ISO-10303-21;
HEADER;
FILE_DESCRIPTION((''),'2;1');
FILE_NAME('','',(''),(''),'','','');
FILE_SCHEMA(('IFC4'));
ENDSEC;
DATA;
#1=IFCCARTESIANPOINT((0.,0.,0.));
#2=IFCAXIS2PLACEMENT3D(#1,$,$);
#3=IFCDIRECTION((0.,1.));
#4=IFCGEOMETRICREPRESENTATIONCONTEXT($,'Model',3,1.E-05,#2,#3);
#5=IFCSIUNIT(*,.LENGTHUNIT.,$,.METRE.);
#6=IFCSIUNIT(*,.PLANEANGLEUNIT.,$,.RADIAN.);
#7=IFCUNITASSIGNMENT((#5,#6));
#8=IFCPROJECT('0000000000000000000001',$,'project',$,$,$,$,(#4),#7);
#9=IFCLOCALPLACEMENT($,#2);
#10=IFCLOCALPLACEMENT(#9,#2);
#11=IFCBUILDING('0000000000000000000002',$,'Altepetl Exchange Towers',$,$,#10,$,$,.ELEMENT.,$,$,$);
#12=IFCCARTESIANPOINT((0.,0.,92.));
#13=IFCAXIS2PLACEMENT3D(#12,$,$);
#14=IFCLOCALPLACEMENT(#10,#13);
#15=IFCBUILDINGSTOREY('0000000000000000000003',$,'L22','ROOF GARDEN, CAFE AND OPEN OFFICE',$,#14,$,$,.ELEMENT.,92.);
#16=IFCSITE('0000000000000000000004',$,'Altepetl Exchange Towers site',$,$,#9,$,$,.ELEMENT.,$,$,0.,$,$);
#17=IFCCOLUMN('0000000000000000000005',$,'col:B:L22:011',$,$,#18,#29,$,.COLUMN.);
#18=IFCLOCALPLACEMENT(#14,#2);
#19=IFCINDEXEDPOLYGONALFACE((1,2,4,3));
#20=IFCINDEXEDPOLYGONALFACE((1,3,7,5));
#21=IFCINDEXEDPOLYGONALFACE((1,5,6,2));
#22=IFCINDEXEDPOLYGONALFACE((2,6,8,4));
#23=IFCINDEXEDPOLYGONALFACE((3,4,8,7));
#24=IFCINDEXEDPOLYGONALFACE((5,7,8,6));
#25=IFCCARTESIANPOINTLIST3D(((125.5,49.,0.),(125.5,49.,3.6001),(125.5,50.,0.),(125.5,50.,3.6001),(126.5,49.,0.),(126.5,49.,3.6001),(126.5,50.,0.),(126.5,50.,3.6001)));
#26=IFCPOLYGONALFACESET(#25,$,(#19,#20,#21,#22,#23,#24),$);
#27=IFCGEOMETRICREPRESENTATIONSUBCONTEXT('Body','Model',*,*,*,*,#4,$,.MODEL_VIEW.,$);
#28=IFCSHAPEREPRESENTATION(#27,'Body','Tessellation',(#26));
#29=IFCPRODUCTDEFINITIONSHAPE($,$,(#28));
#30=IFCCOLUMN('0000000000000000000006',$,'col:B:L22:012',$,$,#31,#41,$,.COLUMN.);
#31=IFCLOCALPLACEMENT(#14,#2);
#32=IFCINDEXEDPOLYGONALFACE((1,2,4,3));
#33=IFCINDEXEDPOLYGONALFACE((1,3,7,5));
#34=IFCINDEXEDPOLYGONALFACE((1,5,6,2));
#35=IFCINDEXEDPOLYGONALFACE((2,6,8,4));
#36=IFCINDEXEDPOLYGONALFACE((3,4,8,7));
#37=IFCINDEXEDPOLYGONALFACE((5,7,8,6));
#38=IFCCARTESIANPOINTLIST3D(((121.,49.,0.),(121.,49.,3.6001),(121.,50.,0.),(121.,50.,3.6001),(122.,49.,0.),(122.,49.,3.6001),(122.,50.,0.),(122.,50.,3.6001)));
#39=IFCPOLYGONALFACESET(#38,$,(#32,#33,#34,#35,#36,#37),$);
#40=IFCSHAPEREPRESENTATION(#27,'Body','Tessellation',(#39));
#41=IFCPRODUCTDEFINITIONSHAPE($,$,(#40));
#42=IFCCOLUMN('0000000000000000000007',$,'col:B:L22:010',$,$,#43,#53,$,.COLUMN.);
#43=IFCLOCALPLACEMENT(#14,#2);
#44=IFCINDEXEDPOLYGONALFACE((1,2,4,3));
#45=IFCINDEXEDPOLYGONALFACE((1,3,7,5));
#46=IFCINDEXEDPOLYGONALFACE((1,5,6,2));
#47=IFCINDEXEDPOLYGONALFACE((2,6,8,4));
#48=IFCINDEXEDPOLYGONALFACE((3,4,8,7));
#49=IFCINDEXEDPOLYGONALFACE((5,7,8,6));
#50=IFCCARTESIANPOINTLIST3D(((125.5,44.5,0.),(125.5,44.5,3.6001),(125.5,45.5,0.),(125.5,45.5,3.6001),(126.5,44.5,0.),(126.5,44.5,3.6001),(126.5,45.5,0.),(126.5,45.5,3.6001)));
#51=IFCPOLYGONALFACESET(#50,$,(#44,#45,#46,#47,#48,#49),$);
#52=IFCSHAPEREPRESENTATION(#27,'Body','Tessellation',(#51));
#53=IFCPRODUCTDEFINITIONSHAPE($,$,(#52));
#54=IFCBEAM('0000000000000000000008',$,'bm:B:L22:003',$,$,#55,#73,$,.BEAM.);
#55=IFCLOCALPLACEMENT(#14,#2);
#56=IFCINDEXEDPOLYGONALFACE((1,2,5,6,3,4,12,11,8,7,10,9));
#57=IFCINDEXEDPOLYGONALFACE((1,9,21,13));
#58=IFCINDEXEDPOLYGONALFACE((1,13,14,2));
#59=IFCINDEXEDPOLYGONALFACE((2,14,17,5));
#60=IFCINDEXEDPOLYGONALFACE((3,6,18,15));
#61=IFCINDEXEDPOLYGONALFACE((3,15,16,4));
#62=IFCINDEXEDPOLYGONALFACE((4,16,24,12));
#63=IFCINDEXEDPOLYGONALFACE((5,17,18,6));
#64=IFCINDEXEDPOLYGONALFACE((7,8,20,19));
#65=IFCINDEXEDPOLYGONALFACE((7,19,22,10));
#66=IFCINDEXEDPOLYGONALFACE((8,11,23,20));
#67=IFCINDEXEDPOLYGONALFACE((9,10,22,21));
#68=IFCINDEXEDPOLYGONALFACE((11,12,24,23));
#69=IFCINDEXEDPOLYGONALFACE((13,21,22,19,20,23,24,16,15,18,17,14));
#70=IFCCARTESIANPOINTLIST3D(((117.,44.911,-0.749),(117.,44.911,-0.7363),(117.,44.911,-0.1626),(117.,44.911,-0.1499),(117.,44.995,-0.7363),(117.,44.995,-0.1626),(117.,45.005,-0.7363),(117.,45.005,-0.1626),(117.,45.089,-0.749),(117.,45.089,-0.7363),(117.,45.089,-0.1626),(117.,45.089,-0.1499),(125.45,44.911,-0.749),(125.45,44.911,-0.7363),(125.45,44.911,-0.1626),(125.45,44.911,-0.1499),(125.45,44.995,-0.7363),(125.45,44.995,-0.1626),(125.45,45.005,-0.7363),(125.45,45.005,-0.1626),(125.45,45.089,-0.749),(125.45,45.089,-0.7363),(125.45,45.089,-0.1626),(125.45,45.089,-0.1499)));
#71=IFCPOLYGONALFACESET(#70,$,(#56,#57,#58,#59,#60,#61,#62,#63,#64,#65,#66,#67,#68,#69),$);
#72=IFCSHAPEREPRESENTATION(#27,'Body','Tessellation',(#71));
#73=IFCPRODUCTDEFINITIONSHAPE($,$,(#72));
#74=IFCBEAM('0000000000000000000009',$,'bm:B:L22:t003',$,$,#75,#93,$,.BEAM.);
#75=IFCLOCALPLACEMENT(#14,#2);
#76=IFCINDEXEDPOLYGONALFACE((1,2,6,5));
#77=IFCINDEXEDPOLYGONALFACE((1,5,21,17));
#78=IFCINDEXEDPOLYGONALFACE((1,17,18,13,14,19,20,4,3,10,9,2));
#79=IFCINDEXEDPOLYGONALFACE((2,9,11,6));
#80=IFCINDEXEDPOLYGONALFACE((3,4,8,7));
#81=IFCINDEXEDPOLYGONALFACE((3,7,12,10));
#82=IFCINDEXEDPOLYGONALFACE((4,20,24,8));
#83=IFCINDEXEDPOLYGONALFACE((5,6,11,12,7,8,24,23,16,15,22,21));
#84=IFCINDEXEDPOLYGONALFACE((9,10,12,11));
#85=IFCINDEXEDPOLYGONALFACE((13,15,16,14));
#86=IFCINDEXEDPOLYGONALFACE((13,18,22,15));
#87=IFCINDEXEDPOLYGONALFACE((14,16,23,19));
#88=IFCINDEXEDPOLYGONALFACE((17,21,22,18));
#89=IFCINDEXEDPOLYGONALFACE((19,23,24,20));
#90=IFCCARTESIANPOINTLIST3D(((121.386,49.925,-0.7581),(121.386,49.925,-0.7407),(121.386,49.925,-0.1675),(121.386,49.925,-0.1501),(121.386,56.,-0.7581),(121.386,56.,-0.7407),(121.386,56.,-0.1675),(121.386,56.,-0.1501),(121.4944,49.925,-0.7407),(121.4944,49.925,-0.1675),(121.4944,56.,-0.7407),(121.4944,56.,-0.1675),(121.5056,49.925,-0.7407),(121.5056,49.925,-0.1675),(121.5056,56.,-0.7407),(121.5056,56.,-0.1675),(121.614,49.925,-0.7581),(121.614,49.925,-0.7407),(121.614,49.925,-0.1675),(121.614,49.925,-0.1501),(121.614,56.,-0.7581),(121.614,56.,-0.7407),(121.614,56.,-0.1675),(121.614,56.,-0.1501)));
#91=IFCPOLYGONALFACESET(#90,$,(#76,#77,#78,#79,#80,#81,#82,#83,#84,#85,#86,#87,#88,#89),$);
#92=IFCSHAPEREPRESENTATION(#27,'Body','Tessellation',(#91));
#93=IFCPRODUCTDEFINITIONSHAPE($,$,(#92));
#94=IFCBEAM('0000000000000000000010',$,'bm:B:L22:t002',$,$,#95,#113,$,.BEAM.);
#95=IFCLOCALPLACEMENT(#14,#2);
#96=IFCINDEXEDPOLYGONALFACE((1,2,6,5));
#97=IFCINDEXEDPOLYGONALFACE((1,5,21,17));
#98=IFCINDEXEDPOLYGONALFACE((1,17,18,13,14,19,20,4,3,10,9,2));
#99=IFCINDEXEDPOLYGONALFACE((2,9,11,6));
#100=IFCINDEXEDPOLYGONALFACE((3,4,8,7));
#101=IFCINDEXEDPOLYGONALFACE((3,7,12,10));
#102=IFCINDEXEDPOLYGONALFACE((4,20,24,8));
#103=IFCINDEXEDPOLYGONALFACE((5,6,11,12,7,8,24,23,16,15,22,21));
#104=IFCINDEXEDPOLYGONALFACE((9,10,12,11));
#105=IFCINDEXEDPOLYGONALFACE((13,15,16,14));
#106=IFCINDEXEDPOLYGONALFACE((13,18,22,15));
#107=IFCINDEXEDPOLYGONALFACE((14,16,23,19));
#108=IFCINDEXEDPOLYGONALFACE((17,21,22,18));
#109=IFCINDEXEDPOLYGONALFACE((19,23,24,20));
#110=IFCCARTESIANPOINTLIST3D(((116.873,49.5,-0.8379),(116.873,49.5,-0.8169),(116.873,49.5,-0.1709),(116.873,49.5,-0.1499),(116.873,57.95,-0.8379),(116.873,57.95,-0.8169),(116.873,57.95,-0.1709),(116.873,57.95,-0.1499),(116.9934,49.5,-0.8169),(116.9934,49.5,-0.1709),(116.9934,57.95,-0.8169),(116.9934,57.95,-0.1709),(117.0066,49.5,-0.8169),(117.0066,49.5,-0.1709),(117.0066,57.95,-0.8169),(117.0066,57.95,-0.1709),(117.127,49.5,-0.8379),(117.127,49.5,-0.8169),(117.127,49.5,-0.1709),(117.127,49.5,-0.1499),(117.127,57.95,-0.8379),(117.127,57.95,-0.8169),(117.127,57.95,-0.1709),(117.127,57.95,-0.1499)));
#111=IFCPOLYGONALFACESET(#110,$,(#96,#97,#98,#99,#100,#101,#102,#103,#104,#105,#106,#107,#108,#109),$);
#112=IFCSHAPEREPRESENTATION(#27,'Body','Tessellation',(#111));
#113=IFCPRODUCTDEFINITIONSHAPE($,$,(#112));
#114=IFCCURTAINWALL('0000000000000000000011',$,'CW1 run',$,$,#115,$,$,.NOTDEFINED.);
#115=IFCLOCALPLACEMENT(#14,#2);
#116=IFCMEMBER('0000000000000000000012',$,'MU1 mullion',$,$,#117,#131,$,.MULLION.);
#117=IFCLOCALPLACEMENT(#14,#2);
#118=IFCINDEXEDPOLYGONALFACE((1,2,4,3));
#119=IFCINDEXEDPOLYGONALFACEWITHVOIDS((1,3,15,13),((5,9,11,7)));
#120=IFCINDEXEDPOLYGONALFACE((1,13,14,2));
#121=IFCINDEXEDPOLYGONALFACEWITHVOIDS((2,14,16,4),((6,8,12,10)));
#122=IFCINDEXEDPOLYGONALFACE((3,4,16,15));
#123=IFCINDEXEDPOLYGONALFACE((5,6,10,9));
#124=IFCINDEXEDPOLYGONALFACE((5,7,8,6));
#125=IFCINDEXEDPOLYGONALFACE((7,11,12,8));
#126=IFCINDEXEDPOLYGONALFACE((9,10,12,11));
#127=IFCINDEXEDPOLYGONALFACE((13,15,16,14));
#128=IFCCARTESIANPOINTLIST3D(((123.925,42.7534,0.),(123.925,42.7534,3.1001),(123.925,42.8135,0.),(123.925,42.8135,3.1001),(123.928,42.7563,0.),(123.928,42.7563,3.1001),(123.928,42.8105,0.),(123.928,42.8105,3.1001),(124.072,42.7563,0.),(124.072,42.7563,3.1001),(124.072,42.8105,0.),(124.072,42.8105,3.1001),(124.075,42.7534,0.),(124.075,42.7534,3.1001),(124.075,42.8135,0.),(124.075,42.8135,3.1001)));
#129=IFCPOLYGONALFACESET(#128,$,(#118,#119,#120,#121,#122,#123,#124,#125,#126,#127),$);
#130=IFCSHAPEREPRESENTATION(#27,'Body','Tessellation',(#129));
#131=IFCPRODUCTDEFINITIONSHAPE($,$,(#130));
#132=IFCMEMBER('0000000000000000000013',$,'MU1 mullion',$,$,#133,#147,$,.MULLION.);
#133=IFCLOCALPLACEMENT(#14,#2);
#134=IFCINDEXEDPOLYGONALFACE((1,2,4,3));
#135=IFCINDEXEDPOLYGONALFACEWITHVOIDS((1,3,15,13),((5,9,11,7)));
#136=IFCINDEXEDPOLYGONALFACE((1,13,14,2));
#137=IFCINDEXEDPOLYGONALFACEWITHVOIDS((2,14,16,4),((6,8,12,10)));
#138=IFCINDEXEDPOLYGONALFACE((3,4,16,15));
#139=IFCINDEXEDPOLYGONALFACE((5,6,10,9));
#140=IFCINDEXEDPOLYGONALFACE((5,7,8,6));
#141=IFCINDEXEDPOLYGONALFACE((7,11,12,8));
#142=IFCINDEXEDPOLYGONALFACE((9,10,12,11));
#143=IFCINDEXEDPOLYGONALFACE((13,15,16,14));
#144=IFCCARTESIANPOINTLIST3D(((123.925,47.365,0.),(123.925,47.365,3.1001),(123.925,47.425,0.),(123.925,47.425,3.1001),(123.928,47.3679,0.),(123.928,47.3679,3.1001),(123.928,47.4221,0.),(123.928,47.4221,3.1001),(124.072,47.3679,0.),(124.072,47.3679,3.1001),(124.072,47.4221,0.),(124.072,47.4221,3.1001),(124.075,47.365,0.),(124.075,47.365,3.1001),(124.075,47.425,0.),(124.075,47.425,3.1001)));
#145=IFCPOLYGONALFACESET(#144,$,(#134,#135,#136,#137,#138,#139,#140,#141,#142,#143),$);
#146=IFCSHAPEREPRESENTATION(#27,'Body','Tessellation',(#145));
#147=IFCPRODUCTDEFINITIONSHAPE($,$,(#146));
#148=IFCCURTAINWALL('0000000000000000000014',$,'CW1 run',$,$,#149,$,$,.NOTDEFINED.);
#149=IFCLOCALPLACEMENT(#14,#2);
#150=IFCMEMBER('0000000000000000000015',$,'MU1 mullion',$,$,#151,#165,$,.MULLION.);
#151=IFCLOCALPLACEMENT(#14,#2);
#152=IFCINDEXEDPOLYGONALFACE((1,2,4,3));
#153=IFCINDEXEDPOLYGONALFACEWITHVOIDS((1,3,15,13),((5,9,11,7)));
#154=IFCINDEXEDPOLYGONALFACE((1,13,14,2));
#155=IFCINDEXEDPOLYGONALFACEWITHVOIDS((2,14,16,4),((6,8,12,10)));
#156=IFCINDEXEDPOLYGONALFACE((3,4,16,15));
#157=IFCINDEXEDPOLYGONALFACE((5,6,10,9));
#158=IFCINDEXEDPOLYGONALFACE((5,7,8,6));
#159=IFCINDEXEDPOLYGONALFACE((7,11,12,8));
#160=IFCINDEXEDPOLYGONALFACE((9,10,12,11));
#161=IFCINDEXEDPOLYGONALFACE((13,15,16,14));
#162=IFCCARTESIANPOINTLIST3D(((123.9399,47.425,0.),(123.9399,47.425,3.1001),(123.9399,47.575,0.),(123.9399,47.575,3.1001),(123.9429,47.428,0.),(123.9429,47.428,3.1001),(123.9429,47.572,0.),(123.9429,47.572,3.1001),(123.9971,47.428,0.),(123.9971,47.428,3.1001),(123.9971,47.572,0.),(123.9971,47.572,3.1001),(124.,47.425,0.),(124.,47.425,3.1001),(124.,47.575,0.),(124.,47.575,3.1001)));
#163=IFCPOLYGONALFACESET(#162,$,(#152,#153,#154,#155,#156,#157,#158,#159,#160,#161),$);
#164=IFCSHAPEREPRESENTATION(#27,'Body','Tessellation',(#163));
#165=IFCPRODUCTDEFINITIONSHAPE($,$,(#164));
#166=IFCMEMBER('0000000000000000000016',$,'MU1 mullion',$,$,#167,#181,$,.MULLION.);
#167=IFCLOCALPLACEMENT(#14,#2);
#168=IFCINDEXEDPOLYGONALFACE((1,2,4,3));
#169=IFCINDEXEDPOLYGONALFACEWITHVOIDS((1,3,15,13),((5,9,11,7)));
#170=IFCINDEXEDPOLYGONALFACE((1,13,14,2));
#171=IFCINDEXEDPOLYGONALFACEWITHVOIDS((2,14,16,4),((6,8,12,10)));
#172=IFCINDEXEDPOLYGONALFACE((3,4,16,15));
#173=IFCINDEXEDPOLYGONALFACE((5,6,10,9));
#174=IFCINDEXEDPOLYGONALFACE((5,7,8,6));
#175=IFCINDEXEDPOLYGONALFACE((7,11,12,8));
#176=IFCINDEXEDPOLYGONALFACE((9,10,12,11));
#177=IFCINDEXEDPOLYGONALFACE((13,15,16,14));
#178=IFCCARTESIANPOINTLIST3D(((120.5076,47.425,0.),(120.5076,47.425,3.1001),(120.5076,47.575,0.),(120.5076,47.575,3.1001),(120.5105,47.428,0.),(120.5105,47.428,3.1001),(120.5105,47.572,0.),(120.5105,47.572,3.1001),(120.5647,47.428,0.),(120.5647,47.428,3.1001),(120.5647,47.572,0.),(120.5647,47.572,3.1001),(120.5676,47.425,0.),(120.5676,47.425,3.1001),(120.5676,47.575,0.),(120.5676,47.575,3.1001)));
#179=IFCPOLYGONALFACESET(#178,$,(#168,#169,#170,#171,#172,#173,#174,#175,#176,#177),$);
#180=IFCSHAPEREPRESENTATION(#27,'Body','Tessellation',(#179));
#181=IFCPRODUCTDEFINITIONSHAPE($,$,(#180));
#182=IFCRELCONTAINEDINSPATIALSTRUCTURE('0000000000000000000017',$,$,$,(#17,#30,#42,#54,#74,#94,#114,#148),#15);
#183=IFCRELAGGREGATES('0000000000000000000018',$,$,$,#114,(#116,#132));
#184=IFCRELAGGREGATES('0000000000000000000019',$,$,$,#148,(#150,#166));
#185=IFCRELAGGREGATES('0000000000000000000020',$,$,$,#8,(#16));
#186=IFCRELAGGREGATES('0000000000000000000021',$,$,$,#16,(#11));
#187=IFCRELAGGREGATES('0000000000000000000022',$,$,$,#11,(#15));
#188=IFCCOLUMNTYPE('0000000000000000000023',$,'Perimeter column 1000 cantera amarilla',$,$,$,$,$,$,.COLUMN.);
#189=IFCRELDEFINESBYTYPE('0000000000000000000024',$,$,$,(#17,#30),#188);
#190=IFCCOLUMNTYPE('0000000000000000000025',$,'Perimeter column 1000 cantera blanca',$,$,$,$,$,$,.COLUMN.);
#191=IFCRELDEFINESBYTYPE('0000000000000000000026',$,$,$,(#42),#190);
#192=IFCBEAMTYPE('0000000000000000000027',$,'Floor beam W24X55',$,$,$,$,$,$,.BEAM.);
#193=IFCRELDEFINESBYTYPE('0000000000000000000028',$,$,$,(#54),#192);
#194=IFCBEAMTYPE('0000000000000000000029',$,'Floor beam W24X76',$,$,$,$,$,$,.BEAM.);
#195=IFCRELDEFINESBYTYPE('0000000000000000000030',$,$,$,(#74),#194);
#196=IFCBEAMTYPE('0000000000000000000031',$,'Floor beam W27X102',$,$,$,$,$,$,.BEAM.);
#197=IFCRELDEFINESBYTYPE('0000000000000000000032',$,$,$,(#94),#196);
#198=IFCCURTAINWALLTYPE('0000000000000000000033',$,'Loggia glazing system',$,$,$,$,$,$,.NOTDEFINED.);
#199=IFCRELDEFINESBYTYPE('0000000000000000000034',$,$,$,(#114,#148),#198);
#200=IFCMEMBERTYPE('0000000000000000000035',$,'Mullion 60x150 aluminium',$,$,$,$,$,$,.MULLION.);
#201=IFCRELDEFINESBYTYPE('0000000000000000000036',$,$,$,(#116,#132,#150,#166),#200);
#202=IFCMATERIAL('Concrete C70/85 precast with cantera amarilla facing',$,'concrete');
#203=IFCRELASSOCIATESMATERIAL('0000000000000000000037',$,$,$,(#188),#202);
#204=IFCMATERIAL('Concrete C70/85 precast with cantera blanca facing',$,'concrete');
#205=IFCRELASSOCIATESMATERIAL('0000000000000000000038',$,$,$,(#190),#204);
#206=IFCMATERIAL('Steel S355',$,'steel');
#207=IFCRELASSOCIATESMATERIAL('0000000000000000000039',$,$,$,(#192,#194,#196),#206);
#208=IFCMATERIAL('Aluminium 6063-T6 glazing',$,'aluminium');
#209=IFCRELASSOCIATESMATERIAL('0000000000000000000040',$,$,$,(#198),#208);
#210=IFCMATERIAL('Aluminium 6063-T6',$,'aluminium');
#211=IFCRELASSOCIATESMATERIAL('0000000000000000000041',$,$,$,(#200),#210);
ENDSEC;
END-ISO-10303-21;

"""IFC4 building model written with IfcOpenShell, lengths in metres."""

from ifc_helpers import new_model, si_unit, direction, frame, origin, origin_2d, place, context, subcontext, project, spatial, rectangle, hollow_rectangle, i_section, extrude, material, material_profile, profile_set, type_object, element, aggregate, save


model = new_model("IFC4")

# Units and contexts
model_context = context("Model", 3, precision=1e-05, world=origin(), true_north=direction((0.0, 1.0)))
body_context = subcontext(model_context, "Body", "Model", "MODEL_VIEW")
ifc_project = project(units=[si_unit("LENGTHUNIT", "METRE"), si_unit("PLANEANGLEUNIT", "RADIAN")], contexts=[model_context])

# Site, building, storey
site_placement = place(None, origin())
site = spatial("IfcSite", under=ifc_project, at=site_placement, Name="Altepetl Exchange Towers site", CompositionType="ELEMENT", RefElevation=0.0)
building_placement = place(site_placement, origin())
building = spatial("IfcBuilding", under=site, at=building_placement, Name="Altepetl Exchange Towers", CompositionType="ELEMENT")
storey_placement = place(building_placement, frame((0.0, 0.0, 92.0)))
storey = spatial("IfcBuildingStorey", under=building, at=storey_placement, Name="L22", Description="ROOF GARDEN, CAFE AND OPEN OFFICE", CompositionType="ELEMENT", Elevation=92.0)

# Columns
ifc_material_1 = material(Name="Concrete C70/85 precast with cantera amarilla facing", Category="concrete")
ifc_material_profile_1 = material_profile(ifc_material_1, rectangle(XDim=1.0, YDim=1.0, at=origin_2d()), Name="1000 x 1000")
ifc_profile_set_1 = profile_set([ifc_material_profile_1], Name="Concrete C70/85 precast with cantera amarilla facing")
column_type_1 = type_object("IfcColumnType", Name="Perimeter column 1000 cantera amarilla", PredefinedType="COLUMN", material=ifc_profile_set_1)
for number, where, name in (
    (1, (126.0, 49.5, 0.0), "col:B:L22:011"),
    (2, (121.5, 49.5, 0.0), "col:B:L22:012"),
):
    element("IfcColumn", number, at=place(storey_placement, frame(where)), inside=storey, type_object=column_type_1, Name=name, PredefinedType="COLUMN", context=body_context, shape_type="SweptSolid", body=[
        extrude(rectangle(XDim=1.0, YDim=1.0, at=origin_2d()), origin(), (0.0, 0.0, 1.0), 3.6001),
    ])
ifc_material_2 = material(Name="Concrete C70/85 precast with cantera blanca facing", Category="concrete")
ifc_material_profile_2 = material_profile(ifc_material_2, rectangle(XDim=1.0, YDim=1.0, at=origin_2d()), Name="1000 x 1000")
ifc_profile_set_2 = profile_set([ifc_material_profile_2], Name="Concrete C70/85 precast with cantera blanca facing")
column_type_2 = type_object("IfcColumnType", Name="Perimeter column 1000 cantera blanca", PredefinedType="COLUMN", material=ifc_profile_set_2)
column_placement = place(storey_placement, frame((126.0, 45.0, 0.0)))
element("IfcColumn", 3, at=column_placement, inside=storey, type_object=column_type_2, Name="col:B:L22:010", PredefinedType="COLUMN", context=body_context, shape_type="SweptSolid", body=[
    extrude(rectangle(XDim=1.0, YDim=1.0, at=origin_2d()), origin(), (0.0, 0.0, 1.0), 3.6001),
])

# Beams
ifc_material_3 = material(Name="Steel S355", Category="steel")
ifc_material_profile_3 = material_profile(ifc_material_3, i_section(OverallWidth=0.178, OverallDepth=0.5991, WebThickness=0.01, FlangeThickness=0.0127, at=origin_2d()), Name="W24X55")
ifc_profile_set_3 = profile_set([ifc_material_profile_3], Name="Steel S355")
beam_type_1 = type_object("IfcBeamType", Name="Floor beam W24X55", PredefinedType="BEAM", material=ifc_profile_set_3)
beam_1_placement = place(storey_placement, frame((117.0, 45.0, -0.4495), z_axis=(1.0, 0.0, 0.0), x_axis=(0.0, 1.0, 0.0)))
element("IfcBeam", 4, at=beam_1_placement, inside=storey, type_object=beam_type_1, Name="bm:B:L22:003", PredefinedType="BEAM", context=body_context, shape_type="SweptSolid", body=[
    extrude(i_section(OverallWidth=0.178, OverallDepth=0.5991, WebThickness=0.01, FlangeThickness=0.0127, at=origin_2d()), origin(), (0.0, 0.0, 1.0), 8.45),
])
ifc_material_profile_4 = material_profile(ifc_material_3, i_section(OverallWidth=0.228, OverallDepth=0.6079, WebThickness=0.0112, FlangeThickness=0.0173, at=origin_2d()), Name="W24X76")
ifc_profile_set_4 = profile_set([ifc_material_profile_4], Name="Steel S355")
beam_type_2 = type_object("IfcBeamType", Name="Floor beam W24X76", PredefinedType="BEAM", material=ifc_profile_set_4)
beam_2_placement = place(storey_placement, frame((121.5, 49.925, -0.4541), z_axis=(0.0, 1.0, 0.0), x_axis=(-1.0, 0.0, 0.0)))
element("IfcBeam", 5, at=beam_2_placement, inside=storey, type_object=beam_type_2, Name="bm:B:L22:t003", PredefinedType="BEAM", context=body_context, shape_type="SweptSolid", body=[
    extrude(i_section(OverallWidth=0.228, OverallDepth=0.6079, WebThickness=0.0112, FlangeThickness=0.0173, at=origin_2d()), origin(), (0.0, 0.0, 1.0), 6.075),
])
ifc_material_profile_5 = material_profile(ifc_material_3, i_section(OverallWidth=0.2539, OverallDepth=0.688, WebThickness=0.0132, FlangeThickness=0.021, at=origin_2d()), Name="W27X102")
ifc_profile_set_5 = profile_set([ifc_material_profile_5], Name="Steel S355")
beam_type_3 = type_object("IfcBeamType", Name="Floor beam W27X102", PredefinedType="BEAM", material=ifc_profile_set_5)
beam_3_placement = place(storey_placement, frame((117.0, 49.5, -0.4939), z_axis=(0.0, 1.0, 0.0), x_axis=(-1.0, 0.0, 0.0)))
element("IfcBeam", 6, at=beam_3_placement, inside=storey, type_object=beam_type_3, Name="bm:B:L22:t002", PredefinedType="BEAM", context=body_context, shape_type="SweptSolid", body=[
    extrude(i_section(OverallWidth=0.2539, OverallDepth=0.688, WebThickness=0.0132, FlangeThickness=0.021, at=origin_2d()), origin(), (0.0, 0.0, 1.0), 8.45),
])

# Curtain walls, members
ifc_material_4 = material(Name="Aluminium 6063-T6 glazing", Category="aluminium")
curtain_wall_type = type_object("IfcCurtainWallType", Name="Loggia glazing system", PredefinedType="NOTDEFINED", material=ifc_material_4)
curtain_wall_1_placement = place(storey_placement, origin())
curtain_wall_1 = element("IfcCurtainWall", 7, at=curtain_wall_1_placement, inside=storey, type_object=curtain_wall_type, Name="CW1 run", PredefinedType="NOTDEFINED")
ifc_material_5 = material(Name="Aluminium 6063-T6", Category="aluminium")
ifc_material_profile_6 = material_profile(ifc_material_5, hollow_rectangle(XDim=0.0601, YDim=0.1499, WallThickness=0.0029, at=origin_2d()), Name="Mullion 60x150 aluminium")
ifc_profile_set_6 = profile_set([ifc_material_profile_6], Name="Aluminium 6063-T6")
member_type = type_object("IfcMemberType", Name="Mullion 60x150 aluminium", PredefinedType="MULLION", material=ifc_profile_set_6)
member_1_placement = place(storey_placement, frame((124.0, 42.7834, 0.0), z_axis=(0.0, 0.0, 1.0), x_axis=(0.0, 1.0, 0.0)))
member_1 = element("IfcMember", 8, at=member_1_placement, type_object=member_type, Name="MU1 mullion", PredefinedType="MULLION", context=body_context, shape_type="SweptSolid", body=[
    extrude(hollow_rectangle(XDim=0.0601, YDim=0.1499, WallThickness=0.0029, at=origin_2d()), origin(), (0.0, 0.0, 1.0), 3.1001),
])
member_2_placement = place(storey_placement, frame((124.0, 47.395, 0.0), z_axis=(0.0, 0.0, 1.0), x_axis=(0.0, 1.0, 0.0)))
member_2 = element("IfcMember", 9, at=member_2_placement, type_object=member_type, Name="MU1 mullion", PredefinedType="MULLION", context=body_context, shape_type="SweptSolid", body=[
    extrude(hollow_rectangle(XDim=0.0601, YDim=0.1499, WallThickness=0.0029, at=origin_2d()), origin(), (0.0, 0.0, 1.0), 3.1001),
])
curtain_wall_2_placement = place(storey_placement, origin())
curtain_wall_2 = element("IfcCurtainWall", 10, at=curtain_wall_2_placement, inside=storey, type_object=curtain_wall_type, Name="CW1 run", PredefinedType="NOTDEFINED")
member_3_placement = place(storey_placement, frame((123.97, 47.5, 0.0), z_axis=(0.0, 0.0, 1.0), x_axis=(-1.0, 0.0, 0.0)))
member_3 = element("IfcMember", 11, at=member_3_placement, type_object=member_type, Name="MU1 mullion", PredefinedType="MULLION", context=body_context, shape_type="SweptSolid", body=[
    extrude(hollow_rectangle(XDim=0.0601, YDim=0.1499, WallThickness=0.0029, at=origin_2d()), origin(), (0.0, 0.0, 1.0), 3.1001),
])
member_4_placement = place(storey_placement, frame((120.5376, 47.5, 0.0), z_axis=(0.0, 0.0, 1.0), x_axis=(-1.0, 0.0, 0.0)))
member_4 = element("IfcMember", 12, at=member_4_placement, type_object=member_type, Name="MU1 mullion", PredefinedType="MULLION", context=body_context, shape_type="SweptSolid", body=[
    extrude(hollow_rectangle(XDim=0.0601, YDim=0.1499, WallThickness=0.0029, at=origin_2d()), origin(), (0.0, 0.0, 1.0), 3.1001),
])

aggregate(curtain_wall_1, [member_1, member_2])
aggregate(curtain_wall_2, [member_3, member_4])

save(model, "model.ifc")
